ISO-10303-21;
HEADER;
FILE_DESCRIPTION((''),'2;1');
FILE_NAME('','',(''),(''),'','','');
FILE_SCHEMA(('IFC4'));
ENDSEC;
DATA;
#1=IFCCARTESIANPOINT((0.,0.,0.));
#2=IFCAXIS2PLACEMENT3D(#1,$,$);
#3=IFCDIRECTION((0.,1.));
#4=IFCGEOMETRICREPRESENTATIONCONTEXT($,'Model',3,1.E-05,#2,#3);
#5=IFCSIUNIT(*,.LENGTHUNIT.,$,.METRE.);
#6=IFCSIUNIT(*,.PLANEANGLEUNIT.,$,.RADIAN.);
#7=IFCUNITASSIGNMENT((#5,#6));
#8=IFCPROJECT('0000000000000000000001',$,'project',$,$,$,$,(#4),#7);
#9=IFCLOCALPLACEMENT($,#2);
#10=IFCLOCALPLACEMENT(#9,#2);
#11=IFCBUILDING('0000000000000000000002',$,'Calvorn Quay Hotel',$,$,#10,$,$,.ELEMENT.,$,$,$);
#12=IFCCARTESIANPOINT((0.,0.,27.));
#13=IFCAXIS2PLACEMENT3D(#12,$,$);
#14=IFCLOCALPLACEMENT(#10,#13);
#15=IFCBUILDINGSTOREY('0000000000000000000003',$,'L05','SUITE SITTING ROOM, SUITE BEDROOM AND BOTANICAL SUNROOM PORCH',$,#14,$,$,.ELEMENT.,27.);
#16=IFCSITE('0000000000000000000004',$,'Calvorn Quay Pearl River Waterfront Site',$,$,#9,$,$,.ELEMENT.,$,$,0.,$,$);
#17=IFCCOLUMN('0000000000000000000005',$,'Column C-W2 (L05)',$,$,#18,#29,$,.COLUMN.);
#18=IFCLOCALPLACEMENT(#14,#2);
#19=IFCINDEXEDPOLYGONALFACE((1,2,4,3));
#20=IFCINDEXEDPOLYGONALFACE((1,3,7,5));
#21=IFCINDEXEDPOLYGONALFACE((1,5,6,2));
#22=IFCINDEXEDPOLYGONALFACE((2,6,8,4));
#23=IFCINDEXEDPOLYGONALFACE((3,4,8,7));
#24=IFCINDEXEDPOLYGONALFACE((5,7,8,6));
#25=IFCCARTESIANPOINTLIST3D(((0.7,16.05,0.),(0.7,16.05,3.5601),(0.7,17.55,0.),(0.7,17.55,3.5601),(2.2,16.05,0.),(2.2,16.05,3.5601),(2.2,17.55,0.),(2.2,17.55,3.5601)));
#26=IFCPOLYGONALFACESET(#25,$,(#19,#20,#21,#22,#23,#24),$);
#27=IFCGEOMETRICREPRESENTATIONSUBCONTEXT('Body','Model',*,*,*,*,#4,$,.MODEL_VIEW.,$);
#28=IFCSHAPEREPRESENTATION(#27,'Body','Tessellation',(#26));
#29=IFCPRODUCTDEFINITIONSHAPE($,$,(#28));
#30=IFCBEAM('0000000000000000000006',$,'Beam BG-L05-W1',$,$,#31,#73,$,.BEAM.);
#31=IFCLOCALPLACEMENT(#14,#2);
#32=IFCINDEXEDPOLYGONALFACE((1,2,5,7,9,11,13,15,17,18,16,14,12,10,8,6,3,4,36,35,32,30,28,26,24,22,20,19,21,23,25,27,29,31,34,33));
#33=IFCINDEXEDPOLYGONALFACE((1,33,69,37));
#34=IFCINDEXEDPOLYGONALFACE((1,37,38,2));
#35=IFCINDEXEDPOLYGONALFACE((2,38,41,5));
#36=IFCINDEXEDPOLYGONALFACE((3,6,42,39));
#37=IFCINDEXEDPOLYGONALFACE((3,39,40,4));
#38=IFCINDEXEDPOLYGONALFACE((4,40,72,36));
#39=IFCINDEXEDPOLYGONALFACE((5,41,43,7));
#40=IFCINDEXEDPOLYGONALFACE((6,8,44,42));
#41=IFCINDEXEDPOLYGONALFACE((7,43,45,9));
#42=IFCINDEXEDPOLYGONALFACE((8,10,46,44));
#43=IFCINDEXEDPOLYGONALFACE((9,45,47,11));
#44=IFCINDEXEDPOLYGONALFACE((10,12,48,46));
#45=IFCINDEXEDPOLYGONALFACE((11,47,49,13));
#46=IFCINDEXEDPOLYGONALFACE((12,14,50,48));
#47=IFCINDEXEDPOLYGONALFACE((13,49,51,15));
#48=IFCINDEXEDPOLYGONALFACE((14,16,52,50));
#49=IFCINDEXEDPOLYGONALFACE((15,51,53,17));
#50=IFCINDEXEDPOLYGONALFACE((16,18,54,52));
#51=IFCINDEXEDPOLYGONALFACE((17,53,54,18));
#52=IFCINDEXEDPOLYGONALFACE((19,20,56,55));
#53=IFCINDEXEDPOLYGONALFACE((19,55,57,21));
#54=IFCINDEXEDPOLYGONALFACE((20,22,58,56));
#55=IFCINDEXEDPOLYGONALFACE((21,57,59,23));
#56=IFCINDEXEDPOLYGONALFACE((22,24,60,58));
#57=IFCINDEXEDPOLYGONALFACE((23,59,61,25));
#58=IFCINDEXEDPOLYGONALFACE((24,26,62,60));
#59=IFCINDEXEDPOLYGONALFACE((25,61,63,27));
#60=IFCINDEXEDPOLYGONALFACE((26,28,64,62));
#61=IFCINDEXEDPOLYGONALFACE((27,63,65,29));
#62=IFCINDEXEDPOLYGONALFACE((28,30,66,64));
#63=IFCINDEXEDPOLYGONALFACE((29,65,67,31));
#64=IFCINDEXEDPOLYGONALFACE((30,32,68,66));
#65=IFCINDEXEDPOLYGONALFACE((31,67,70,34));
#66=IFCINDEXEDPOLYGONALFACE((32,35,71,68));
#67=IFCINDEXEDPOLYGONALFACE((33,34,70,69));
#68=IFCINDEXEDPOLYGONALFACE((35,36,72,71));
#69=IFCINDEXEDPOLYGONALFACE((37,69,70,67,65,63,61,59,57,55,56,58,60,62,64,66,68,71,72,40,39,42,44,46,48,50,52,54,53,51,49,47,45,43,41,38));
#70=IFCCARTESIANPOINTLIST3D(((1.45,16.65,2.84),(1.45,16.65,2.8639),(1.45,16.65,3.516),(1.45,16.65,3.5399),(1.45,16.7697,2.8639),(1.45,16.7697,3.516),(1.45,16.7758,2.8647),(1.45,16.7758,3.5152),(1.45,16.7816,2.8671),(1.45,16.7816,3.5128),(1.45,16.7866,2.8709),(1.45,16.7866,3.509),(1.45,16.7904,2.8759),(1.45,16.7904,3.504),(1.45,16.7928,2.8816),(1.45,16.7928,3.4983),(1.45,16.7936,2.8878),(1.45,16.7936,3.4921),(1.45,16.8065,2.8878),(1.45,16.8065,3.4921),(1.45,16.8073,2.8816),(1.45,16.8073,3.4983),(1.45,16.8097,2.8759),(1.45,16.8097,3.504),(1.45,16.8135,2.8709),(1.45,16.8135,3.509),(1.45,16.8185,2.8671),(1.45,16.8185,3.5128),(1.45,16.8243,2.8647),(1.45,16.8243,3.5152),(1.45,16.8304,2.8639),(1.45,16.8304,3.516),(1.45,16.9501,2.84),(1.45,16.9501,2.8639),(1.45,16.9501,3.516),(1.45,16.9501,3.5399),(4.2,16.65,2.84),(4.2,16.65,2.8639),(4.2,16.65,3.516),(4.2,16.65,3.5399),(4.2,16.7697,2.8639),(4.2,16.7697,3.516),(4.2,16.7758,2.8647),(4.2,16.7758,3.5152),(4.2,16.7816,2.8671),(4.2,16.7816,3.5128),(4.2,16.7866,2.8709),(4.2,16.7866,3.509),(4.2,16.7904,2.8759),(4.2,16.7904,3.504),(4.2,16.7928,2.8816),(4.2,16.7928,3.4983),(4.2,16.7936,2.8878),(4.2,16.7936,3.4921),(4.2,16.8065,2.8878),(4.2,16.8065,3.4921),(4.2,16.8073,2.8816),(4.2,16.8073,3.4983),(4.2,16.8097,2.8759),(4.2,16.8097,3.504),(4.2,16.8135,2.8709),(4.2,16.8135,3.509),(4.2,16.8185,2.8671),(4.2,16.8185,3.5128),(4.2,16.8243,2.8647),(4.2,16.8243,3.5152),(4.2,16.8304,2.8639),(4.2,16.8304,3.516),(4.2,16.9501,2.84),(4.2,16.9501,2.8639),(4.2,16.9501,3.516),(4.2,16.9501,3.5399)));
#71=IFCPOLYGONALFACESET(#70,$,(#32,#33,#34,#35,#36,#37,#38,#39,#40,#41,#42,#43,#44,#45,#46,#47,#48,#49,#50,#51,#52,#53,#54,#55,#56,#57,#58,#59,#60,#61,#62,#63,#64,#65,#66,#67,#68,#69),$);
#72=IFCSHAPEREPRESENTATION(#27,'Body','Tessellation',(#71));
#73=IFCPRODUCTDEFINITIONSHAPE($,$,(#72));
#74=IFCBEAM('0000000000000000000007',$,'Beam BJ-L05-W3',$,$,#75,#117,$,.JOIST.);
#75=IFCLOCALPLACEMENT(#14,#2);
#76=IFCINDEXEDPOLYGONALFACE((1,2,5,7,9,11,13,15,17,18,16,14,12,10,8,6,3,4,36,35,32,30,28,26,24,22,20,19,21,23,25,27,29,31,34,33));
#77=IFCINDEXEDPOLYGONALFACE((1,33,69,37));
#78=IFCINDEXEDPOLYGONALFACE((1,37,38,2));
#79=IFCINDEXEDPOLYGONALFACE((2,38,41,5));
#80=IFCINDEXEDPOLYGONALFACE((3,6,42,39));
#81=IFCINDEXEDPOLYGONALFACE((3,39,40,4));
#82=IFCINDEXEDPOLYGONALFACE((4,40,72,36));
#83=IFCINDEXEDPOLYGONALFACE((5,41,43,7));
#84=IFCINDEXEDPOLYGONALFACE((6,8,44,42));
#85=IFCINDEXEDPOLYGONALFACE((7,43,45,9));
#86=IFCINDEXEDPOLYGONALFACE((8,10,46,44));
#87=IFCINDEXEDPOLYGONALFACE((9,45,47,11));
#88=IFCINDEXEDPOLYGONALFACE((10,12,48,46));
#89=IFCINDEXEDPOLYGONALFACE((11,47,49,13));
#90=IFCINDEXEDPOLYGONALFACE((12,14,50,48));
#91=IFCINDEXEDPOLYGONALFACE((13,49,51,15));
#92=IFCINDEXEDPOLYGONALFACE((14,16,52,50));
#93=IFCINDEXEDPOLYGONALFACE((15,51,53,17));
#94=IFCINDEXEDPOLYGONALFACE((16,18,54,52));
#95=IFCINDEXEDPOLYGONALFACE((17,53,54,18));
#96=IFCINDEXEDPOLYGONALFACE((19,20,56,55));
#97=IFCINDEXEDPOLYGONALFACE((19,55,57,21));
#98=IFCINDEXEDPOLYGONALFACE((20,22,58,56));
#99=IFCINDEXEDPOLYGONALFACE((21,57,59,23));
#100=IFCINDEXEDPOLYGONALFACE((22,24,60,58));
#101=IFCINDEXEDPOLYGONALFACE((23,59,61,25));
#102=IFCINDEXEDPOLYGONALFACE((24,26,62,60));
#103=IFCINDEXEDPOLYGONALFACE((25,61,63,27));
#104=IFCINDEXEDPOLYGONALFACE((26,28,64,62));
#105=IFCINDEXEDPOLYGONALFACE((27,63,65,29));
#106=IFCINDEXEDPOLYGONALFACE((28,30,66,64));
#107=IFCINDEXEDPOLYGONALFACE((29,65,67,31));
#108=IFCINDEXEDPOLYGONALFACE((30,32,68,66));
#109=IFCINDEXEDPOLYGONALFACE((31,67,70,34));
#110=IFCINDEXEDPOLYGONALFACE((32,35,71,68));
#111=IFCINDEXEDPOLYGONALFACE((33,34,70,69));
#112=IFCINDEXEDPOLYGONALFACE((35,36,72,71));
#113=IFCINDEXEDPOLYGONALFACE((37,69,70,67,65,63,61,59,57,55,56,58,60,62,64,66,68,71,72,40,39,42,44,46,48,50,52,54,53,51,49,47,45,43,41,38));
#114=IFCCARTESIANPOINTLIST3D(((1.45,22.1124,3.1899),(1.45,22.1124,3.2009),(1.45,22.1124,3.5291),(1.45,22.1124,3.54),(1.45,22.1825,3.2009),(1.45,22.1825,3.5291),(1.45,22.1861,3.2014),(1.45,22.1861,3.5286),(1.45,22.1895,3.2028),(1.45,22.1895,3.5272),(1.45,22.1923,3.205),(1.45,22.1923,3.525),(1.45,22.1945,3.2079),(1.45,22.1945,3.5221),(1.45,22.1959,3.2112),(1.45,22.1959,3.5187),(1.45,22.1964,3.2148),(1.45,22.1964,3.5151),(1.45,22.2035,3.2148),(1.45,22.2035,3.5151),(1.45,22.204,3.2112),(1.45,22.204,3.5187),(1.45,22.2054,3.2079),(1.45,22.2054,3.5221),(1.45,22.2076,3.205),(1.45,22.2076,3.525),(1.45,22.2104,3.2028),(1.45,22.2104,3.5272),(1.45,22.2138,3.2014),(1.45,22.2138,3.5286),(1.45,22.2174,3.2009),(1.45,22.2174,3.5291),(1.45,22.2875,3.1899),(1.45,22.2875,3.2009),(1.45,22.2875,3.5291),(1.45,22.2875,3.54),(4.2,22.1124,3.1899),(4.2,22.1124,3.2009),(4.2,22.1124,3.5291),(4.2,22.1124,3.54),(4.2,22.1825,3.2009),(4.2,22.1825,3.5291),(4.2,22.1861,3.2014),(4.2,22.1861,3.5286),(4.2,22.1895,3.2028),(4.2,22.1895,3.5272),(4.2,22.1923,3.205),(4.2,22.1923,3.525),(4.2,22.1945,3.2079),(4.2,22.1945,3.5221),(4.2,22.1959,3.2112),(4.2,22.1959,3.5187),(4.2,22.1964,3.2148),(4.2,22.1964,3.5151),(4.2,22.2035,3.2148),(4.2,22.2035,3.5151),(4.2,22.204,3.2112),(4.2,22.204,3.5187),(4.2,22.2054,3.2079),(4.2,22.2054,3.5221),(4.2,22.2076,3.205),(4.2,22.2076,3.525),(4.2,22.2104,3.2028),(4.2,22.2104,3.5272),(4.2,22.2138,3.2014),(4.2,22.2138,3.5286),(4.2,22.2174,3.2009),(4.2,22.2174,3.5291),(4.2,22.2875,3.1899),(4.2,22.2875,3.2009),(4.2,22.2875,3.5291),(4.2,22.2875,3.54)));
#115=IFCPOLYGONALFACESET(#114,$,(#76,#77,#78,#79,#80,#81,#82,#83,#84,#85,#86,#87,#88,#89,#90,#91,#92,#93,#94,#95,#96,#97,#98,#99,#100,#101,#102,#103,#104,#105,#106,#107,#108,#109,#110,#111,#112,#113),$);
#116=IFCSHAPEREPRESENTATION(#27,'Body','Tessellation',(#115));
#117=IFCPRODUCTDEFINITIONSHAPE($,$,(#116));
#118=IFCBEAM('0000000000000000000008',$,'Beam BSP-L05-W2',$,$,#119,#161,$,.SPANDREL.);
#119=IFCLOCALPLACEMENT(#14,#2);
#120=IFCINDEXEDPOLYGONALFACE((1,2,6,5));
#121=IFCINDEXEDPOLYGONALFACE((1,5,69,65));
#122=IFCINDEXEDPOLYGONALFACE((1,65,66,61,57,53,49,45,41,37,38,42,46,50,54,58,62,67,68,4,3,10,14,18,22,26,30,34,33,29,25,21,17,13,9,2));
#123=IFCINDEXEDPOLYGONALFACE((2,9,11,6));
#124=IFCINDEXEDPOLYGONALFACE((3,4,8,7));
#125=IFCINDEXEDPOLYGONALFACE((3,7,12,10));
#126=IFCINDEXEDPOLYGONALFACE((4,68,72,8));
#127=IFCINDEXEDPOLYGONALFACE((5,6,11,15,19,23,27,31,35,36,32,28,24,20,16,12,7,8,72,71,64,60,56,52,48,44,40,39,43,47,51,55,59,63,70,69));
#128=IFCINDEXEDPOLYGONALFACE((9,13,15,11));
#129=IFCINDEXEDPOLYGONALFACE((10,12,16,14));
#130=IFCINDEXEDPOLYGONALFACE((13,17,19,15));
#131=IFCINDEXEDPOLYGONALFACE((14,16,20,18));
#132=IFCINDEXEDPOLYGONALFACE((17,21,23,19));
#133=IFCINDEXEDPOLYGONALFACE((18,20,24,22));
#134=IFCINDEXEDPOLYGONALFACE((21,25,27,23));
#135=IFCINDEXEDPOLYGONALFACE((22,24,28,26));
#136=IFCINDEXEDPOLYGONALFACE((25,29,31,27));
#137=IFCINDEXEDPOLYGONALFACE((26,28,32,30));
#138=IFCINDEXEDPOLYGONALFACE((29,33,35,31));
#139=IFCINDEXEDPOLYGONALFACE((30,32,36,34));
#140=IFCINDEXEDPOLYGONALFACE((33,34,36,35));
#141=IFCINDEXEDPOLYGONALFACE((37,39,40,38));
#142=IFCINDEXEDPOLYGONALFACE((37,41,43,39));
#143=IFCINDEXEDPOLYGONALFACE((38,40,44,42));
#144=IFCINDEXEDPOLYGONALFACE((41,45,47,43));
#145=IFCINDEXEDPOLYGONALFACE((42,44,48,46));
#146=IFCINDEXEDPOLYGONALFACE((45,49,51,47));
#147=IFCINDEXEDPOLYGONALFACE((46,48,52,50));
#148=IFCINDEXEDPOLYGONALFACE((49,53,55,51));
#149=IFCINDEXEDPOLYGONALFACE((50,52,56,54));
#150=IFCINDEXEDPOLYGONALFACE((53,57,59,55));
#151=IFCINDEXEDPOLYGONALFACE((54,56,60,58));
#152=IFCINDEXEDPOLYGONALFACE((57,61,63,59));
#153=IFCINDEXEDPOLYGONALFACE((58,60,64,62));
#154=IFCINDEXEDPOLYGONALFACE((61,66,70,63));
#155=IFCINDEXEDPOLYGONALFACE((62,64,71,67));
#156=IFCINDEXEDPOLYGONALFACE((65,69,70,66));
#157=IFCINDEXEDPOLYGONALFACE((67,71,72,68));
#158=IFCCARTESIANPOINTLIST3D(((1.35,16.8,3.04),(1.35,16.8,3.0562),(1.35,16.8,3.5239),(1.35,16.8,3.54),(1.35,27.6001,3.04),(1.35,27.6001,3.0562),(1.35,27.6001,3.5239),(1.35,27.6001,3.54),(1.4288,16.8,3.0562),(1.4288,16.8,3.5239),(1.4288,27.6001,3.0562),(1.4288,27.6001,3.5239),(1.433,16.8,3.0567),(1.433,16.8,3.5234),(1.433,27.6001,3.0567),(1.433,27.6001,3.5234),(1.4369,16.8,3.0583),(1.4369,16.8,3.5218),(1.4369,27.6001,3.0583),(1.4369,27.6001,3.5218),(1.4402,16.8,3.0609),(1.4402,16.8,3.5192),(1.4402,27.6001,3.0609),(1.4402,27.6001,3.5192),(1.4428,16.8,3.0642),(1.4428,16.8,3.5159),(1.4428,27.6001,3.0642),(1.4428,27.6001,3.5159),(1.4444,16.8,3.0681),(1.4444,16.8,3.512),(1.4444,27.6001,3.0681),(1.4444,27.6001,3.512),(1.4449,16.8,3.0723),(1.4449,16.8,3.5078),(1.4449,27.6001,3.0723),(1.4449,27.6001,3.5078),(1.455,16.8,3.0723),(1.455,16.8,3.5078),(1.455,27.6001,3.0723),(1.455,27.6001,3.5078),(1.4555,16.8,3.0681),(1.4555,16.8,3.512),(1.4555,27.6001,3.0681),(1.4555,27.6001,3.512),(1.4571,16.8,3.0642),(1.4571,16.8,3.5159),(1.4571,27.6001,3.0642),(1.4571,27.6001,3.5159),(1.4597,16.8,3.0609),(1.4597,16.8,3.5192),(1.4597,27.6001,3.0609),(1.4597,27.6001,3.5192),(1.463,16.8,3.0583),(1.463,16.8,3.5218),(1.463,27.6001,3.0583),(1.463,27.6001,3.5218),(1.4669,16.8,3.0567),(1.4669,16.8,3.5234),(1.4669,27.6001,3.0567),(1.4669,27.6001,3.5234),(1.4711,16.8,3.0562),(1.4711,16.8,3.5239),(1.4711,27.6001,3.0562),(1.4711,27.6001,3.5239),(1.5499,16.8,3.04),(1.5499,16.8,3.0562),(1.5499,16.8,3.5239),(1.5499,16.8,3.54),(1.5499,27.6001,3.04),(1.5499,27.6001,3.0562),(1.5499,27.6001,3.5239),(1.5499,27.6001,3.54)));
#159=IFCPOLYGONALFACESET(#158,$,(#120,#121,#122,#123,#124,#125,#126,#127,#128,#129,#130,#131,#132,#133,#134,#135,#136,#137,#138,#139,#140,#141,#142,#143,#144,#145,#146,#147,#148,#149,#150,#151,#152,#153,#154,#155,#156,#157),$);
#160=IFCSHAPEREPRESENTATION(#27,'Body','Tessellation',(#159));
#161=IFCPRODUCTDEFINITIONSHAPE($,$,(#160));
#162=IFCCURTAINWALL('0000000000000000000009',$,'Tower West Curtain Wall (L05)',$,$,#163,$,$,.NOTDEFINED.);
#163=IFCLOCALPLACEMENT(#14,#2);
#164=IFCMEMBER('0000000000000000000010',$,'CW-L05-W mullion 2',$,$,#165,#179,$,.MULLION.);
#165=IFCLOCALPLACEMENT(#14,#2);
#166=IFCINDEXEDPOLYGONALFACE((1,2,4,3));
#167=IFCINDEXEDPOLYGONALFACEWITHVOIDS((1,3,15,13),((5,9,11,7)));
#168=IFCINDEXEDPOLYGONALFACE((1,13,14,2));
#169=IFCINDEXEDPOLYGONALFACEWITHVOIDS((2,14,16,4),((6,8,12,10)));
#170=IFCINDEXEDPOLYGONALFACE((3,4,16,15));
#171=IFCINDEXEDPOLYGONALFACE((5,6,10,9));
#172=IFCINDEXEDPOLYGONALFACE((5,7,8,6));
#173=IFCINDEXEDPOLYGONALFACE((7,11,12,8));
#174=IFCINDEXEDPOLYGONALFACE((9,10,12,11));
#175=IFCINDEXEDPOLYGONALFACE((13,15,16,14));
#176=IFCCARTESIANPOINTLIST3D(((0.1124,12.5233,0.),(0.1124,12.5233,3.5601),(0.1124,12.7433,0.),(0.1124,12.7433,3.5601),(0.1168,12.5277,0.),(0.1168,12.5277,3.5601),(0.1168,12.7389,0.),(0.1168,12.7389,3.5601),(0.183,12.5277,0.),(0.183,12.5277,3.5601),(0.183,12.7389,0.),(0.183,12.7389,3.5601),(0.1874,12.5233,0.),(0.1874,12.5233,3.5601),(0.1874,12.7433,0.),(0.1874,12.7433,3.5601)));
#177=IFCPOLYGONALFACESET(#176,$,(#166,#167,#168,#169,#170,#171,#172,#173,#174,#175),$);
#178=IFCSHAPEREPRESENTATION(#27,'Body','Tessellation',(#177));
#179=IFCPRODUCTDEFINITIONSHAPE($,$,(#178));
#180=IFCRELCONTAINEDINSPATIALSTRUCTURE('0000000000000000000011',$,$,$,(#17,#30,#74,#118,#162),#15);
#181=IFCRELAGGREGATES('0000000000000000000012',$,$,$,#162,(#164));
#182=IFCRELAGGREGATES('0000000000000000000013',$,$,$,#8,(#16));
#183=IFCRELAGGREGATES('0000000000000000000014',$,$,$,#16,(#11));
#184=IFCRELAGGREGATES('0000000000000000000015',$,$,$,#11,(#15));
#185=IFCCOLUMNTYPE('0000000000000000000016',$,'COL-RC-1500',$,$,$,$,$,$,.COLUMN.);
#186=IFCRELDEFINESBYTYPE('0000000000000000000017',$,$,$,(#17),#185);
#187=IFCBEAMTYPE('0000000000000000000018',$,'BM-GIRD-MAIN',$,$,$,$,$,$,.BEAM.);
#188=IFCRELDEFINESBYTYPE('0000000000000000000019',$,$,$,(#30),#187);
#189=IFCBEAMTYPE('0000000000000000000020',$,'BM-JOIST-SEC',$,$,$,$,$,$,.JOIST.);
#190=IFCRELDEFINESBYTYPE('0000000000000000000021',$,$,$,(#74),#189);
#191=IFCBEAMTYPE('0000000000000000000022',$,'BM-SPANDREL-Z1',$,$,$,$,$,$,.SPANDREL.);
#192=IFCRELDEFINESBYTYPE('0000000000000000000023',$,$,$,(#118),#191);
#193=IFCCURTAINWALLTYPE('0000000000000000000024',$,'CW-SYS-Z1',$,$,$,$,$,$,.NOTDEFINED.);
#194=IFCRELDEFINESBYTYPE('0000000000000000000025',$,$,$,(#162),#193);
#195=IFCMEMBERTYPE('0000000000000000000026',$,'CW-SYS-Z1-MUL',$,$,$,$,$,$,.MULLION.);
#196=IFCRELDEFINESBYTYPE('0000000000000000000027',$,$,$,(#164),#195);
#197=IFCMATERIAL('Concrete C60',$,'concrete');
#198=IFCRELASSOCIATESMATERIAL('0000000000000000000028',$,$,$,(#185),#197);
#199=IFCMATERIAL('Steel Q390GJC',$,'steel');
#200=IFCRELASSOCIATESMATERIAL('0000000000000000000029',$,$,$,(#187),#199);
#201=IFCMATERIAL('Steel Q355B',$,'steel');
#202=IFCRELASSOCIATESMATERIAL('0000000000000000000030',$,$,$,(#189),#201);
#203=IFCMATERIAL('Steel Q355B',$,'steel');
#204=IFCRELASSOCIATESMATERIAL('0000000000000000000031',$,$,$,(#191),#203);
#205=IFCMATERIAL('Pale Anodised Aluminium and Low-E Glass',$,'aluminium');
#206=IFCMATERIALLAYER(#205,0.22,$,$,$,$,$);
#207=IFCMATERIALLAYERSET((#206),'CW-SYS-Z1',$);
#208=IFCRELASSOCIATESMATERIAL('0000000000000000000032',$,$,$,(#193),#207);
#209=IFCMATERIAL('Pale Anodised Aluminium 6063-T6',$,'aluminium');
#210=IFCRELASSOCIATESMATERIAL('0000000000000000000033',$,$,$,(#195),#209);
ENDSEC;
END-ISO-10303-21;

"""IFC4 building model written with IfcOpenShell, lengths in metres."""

from ifc_helpers import new_model, si_unit, direction, frame, origin, origin_2d, place, context, subcontext, project, spatial, rectangle, hollow_rectangle, i_section, extrude, material, layer, layer_set, material_profile, profile_set, type_object, element, aggregate, save


model = new_model("IFC4")

# Units and contexts
model_context = context("Model", 3, precision=1e-05, world=origin(), true_north=direction((0.0, 1.0)))
body_context = subcontext(model_context, "Body", "Model", "MODEL_VIEW")
ifc_project = project(units=[si_unit("LENGTHUNIT", "METRE"), si_unit("PLANEANGLEUNIT", "RADIAN")], contexts=[model_context])

# Site, building, storey
site_placement = place(None, origin())
site = spatial("IfcSite", under=ifc_project, at=site_placement, Name="Calvorn Quay Pearl River Waterfront Site", CompositionType="ELEMENT", RefElevation=0.0)
building_placement = place(site_placement, origin())
building = spatial("IfcBuilding", under=site, at=building_placement, Name="Calvorn Quay Hotel", CompositionType="ELEMENT")
storey_placement = place(building_placement, frame((0.0, 0.0, 27.0)))
storey = spatial("IfcBuildingStorey", under=building, at=storey_placement, Name="L05", Description="SUITE SITTING ROOM, SUITE BEDROOM AND BOTANICAL SUNROOM PORCH", CompositionType="ELEMENT", Elevation=27.0)

# Column
ifc_material_1 = material(Name="Concrete C60", Category="concrete")
ifc_material_profile_1 = material_profile(ifc_material_1, rectangle(XDim=1.5, YDim=1.5, at=origin_2d()), Name="RC1500x1500")
ifc_profile_set_1 = profile_set([ifc_material_profile_1], Name="Concrete C60")
column_type = type_object("IfcColumnType", Name="COL-RC-1500", PredefinedType="COLUMN", material=ifc_profile_set_1)
column_placement = place(storey_placement, frame((1.45, 16.8, 0.0), z_axis=(0.0, 0.0, 1.0), x_axis=(1.0, 0.0, 0.0)))
element("IfcColumn", 1, at=column_placement, inside=storey, type_object=column_type, Name="Column C-W2 (L05)", PredefinedType="COLUMN", context=body_context, shape_type="SweptSolid", body=[
    extrude(rectangle(XDim=1.5, YDim=1.5, at=origin_2d()), origin(), (0.0, 0.0, 1.0), 3.5601),
])

# Beams
ifc_material_2 = material(Name="Steel Q390GJC", Category="steel")
ifc_material_profile_2 = material_profile(ifc_material_2, i_section(OverallWidth=0.3, OverallDepth=0.7, WebThickness=0.0129, FlangeThickness=0.0239, FilletRadius=0.0239, at=origin_2d()), Name="HN700x300x13x24")
ifc_profile_set_2 = profile_set([ifc_material_profile_2], Name="Steel Q390GJC")
beam_type_1 = type_object("IfcBeamType", Name="BM-GIRD-MAIN", PredefinedType="BEAM", material=ifc_profile_set_2)
beam_1_placement = place(storey_placement, frame((1.45, 16.8, 3.1899), z_axis=(1.0, 0.0, 0.0), x_axis=(0.0, 1.0, 0.0)))
element("IfcBeam", 2, at=beam_1_placement, inside=storey, type_object=beam_type_1, Name="Beam BG-L05-W1", PredefinedType="BEAM", context=body_context, shape_type="SweptSolid", body=[
    extrude(i_section(OverallWidth=0.3, OverallDepth=0.7, WebThickness=0.0129, FlangeThickness=0.0239, FilletRadius=0.0239, at=origin_2d()), origin(), (0.0, 0.0, 1.0), 2.75),
])
ifc_material_3 = material(Name="Steel Q355B", Category="steel")
ifc_material_profile_3 = material_profile(ifc_material_3, i_section(OverallWidth=0.175, OverallDepth=0.3501, WebThickness=0.0071, FlangeThickness=0.011, FilletRadius=0.0139, at=origin_2d()), Name="HN350x175x7x11")
ifc_profile_set_3 = profile_set([ifc_material_profile_3], Name="Steel Q355B")
beam_type_2 = type_object("IfcBeamType", Name="BM-JOIST-SEC", PredefinedType="JOIST", material=ifc_profile_set_3)
beam_2_placement = place(storey_placement, frame((1.45, 22.2, 3.365), z_axis=(1.0, 0.0, 0.0), x_axis=(0.0, 1.0, 0.0)))
element("IfcBeam", 3, at=beam_2_placement, inside=storey, type_object=beam_type_2, Name="Beam BJ-L05-W3", PredefinedType="JOIST", context=body_context, shape_type="SweptSolid", body=[
    extrude(i_section(OverallWidth=0.175, OverallDepth=0.3501, WebThickness=0.0071, FlangeThickness=0.011, FilletRadius=0.0139, at=origin_2d()), origin(), (0.0, 0.0, 1.0), 2.75),
])
ifc_material_4 = material(Name="Steel Q355B", Category="steel")
ifc_material_profile_4 = material_profile(ifc_material_4, i_section(OverallWidth=0.2, OverallDepth=0.5, WebThickness=0.01, FlangeThickness=0.0161, FilletRadius=0.0161, at=origin_2d()), Name="HN500x200x10x16")
ifc_profile_set_4 = profile_set([ifc_material_profile_4], Name="Steel Q355B")
beam_type_3 = type_object("IfcBeamType", Name="BM-SPANDREL-Z1", PredefinedType="SPANDREL", material=ifc_profile_set_4)
beam_3_placement = place(storey_placement, frame((1.45, 16.8, 3.29), z_axis=(0.0, 1.0, 0.0), x_axis=(-1.0, 0.0, 0.0)))
element("IfcBeam", 4, at=beam_3_placement, inside=storey, type_object=beam_type_3, Name="Beam BSP-L05-W2", PredefinedType="SPANDREL", context=body_context, shape_type="SweptSolid", body=[
    extrude(i_section(OverallWidth=0.2, OverallDepth=0.5, WebThickness=0.01, FlangeThickness=0.0161, FilletRadius=0.0161, at=origin_2d()), origin(), (0.0, 0.0, 1.0), 10.8),
])

# Curtain wall, member
ifc_material_5 = material(Name="Pale Anodised Aluminium and Low-E Glass", Category="aluminium")
ifc_layer_1 = layer(ifc_material_5, 0.22)
ifc_layer_set_1 = layer_set([ifc_layer_1], Name="CW-SYS-Z1")
curtain_wall_type = type_object("IfcCurtainWallType", Name="CW-SYS-Z1", PredefinedType="NOTDEFINED", material=ifc_layer_set_1)
curtain_wall_placement = place(storey_placement, origin())
curtain_wall = element("IfcCurtainWall", 5, at=curtain_wall_placement, inside=storey, type_object=curtain_wall_type, Name="Tower West Curtain Wall (L05)", PredefinedType="NOTDEFINED")
ifc_material_6 = material(Name="Pale Anodised Aluminium 6063-T6", Category="aluminium")
ifc_material_profile_5 = material_profile(ifc_material_6, hollow_rectangle(XDim=0.075, YDim=0.22, WallThickness=0.0044, at=origin_2d()), Name="ALU-M220x75x4.5")
ifc_profile_set_5 = profile_set([ifc_material_profile_5], Name="Pale Anodised Aluminium 6063-T6")
member_type_1 = type_object("IfcMemberType", Name="CW-SYS-Z1-MUL", PredefinedType="MULLION", material=ifc_profile_set_5)
member_1_placement = place(storey_placement, frame((0.1499, 12.6333, 0.0), z_axis=(0.0, 0.0, 1.0), x_axis=(-1.0, 0.0, 0.0)))
member_1 = element("IfcMember", 6, at=member_1_placement, type_object=member_type_1, Name="CW-L05-W mullion 2", PredefinedType="MULLION", context=body_context, shape_type="SweptSolid", body=[
    extrude(hollow_rectangle(XDim=0.075, YDim=0.22, WallThickness=0.0044, at=origin_2d()), origin(), (0.0, 0.0, 1.0), 3.5601),
])
aggregate(curtain_wall, [member_1])

save(model, "model.ifc")
